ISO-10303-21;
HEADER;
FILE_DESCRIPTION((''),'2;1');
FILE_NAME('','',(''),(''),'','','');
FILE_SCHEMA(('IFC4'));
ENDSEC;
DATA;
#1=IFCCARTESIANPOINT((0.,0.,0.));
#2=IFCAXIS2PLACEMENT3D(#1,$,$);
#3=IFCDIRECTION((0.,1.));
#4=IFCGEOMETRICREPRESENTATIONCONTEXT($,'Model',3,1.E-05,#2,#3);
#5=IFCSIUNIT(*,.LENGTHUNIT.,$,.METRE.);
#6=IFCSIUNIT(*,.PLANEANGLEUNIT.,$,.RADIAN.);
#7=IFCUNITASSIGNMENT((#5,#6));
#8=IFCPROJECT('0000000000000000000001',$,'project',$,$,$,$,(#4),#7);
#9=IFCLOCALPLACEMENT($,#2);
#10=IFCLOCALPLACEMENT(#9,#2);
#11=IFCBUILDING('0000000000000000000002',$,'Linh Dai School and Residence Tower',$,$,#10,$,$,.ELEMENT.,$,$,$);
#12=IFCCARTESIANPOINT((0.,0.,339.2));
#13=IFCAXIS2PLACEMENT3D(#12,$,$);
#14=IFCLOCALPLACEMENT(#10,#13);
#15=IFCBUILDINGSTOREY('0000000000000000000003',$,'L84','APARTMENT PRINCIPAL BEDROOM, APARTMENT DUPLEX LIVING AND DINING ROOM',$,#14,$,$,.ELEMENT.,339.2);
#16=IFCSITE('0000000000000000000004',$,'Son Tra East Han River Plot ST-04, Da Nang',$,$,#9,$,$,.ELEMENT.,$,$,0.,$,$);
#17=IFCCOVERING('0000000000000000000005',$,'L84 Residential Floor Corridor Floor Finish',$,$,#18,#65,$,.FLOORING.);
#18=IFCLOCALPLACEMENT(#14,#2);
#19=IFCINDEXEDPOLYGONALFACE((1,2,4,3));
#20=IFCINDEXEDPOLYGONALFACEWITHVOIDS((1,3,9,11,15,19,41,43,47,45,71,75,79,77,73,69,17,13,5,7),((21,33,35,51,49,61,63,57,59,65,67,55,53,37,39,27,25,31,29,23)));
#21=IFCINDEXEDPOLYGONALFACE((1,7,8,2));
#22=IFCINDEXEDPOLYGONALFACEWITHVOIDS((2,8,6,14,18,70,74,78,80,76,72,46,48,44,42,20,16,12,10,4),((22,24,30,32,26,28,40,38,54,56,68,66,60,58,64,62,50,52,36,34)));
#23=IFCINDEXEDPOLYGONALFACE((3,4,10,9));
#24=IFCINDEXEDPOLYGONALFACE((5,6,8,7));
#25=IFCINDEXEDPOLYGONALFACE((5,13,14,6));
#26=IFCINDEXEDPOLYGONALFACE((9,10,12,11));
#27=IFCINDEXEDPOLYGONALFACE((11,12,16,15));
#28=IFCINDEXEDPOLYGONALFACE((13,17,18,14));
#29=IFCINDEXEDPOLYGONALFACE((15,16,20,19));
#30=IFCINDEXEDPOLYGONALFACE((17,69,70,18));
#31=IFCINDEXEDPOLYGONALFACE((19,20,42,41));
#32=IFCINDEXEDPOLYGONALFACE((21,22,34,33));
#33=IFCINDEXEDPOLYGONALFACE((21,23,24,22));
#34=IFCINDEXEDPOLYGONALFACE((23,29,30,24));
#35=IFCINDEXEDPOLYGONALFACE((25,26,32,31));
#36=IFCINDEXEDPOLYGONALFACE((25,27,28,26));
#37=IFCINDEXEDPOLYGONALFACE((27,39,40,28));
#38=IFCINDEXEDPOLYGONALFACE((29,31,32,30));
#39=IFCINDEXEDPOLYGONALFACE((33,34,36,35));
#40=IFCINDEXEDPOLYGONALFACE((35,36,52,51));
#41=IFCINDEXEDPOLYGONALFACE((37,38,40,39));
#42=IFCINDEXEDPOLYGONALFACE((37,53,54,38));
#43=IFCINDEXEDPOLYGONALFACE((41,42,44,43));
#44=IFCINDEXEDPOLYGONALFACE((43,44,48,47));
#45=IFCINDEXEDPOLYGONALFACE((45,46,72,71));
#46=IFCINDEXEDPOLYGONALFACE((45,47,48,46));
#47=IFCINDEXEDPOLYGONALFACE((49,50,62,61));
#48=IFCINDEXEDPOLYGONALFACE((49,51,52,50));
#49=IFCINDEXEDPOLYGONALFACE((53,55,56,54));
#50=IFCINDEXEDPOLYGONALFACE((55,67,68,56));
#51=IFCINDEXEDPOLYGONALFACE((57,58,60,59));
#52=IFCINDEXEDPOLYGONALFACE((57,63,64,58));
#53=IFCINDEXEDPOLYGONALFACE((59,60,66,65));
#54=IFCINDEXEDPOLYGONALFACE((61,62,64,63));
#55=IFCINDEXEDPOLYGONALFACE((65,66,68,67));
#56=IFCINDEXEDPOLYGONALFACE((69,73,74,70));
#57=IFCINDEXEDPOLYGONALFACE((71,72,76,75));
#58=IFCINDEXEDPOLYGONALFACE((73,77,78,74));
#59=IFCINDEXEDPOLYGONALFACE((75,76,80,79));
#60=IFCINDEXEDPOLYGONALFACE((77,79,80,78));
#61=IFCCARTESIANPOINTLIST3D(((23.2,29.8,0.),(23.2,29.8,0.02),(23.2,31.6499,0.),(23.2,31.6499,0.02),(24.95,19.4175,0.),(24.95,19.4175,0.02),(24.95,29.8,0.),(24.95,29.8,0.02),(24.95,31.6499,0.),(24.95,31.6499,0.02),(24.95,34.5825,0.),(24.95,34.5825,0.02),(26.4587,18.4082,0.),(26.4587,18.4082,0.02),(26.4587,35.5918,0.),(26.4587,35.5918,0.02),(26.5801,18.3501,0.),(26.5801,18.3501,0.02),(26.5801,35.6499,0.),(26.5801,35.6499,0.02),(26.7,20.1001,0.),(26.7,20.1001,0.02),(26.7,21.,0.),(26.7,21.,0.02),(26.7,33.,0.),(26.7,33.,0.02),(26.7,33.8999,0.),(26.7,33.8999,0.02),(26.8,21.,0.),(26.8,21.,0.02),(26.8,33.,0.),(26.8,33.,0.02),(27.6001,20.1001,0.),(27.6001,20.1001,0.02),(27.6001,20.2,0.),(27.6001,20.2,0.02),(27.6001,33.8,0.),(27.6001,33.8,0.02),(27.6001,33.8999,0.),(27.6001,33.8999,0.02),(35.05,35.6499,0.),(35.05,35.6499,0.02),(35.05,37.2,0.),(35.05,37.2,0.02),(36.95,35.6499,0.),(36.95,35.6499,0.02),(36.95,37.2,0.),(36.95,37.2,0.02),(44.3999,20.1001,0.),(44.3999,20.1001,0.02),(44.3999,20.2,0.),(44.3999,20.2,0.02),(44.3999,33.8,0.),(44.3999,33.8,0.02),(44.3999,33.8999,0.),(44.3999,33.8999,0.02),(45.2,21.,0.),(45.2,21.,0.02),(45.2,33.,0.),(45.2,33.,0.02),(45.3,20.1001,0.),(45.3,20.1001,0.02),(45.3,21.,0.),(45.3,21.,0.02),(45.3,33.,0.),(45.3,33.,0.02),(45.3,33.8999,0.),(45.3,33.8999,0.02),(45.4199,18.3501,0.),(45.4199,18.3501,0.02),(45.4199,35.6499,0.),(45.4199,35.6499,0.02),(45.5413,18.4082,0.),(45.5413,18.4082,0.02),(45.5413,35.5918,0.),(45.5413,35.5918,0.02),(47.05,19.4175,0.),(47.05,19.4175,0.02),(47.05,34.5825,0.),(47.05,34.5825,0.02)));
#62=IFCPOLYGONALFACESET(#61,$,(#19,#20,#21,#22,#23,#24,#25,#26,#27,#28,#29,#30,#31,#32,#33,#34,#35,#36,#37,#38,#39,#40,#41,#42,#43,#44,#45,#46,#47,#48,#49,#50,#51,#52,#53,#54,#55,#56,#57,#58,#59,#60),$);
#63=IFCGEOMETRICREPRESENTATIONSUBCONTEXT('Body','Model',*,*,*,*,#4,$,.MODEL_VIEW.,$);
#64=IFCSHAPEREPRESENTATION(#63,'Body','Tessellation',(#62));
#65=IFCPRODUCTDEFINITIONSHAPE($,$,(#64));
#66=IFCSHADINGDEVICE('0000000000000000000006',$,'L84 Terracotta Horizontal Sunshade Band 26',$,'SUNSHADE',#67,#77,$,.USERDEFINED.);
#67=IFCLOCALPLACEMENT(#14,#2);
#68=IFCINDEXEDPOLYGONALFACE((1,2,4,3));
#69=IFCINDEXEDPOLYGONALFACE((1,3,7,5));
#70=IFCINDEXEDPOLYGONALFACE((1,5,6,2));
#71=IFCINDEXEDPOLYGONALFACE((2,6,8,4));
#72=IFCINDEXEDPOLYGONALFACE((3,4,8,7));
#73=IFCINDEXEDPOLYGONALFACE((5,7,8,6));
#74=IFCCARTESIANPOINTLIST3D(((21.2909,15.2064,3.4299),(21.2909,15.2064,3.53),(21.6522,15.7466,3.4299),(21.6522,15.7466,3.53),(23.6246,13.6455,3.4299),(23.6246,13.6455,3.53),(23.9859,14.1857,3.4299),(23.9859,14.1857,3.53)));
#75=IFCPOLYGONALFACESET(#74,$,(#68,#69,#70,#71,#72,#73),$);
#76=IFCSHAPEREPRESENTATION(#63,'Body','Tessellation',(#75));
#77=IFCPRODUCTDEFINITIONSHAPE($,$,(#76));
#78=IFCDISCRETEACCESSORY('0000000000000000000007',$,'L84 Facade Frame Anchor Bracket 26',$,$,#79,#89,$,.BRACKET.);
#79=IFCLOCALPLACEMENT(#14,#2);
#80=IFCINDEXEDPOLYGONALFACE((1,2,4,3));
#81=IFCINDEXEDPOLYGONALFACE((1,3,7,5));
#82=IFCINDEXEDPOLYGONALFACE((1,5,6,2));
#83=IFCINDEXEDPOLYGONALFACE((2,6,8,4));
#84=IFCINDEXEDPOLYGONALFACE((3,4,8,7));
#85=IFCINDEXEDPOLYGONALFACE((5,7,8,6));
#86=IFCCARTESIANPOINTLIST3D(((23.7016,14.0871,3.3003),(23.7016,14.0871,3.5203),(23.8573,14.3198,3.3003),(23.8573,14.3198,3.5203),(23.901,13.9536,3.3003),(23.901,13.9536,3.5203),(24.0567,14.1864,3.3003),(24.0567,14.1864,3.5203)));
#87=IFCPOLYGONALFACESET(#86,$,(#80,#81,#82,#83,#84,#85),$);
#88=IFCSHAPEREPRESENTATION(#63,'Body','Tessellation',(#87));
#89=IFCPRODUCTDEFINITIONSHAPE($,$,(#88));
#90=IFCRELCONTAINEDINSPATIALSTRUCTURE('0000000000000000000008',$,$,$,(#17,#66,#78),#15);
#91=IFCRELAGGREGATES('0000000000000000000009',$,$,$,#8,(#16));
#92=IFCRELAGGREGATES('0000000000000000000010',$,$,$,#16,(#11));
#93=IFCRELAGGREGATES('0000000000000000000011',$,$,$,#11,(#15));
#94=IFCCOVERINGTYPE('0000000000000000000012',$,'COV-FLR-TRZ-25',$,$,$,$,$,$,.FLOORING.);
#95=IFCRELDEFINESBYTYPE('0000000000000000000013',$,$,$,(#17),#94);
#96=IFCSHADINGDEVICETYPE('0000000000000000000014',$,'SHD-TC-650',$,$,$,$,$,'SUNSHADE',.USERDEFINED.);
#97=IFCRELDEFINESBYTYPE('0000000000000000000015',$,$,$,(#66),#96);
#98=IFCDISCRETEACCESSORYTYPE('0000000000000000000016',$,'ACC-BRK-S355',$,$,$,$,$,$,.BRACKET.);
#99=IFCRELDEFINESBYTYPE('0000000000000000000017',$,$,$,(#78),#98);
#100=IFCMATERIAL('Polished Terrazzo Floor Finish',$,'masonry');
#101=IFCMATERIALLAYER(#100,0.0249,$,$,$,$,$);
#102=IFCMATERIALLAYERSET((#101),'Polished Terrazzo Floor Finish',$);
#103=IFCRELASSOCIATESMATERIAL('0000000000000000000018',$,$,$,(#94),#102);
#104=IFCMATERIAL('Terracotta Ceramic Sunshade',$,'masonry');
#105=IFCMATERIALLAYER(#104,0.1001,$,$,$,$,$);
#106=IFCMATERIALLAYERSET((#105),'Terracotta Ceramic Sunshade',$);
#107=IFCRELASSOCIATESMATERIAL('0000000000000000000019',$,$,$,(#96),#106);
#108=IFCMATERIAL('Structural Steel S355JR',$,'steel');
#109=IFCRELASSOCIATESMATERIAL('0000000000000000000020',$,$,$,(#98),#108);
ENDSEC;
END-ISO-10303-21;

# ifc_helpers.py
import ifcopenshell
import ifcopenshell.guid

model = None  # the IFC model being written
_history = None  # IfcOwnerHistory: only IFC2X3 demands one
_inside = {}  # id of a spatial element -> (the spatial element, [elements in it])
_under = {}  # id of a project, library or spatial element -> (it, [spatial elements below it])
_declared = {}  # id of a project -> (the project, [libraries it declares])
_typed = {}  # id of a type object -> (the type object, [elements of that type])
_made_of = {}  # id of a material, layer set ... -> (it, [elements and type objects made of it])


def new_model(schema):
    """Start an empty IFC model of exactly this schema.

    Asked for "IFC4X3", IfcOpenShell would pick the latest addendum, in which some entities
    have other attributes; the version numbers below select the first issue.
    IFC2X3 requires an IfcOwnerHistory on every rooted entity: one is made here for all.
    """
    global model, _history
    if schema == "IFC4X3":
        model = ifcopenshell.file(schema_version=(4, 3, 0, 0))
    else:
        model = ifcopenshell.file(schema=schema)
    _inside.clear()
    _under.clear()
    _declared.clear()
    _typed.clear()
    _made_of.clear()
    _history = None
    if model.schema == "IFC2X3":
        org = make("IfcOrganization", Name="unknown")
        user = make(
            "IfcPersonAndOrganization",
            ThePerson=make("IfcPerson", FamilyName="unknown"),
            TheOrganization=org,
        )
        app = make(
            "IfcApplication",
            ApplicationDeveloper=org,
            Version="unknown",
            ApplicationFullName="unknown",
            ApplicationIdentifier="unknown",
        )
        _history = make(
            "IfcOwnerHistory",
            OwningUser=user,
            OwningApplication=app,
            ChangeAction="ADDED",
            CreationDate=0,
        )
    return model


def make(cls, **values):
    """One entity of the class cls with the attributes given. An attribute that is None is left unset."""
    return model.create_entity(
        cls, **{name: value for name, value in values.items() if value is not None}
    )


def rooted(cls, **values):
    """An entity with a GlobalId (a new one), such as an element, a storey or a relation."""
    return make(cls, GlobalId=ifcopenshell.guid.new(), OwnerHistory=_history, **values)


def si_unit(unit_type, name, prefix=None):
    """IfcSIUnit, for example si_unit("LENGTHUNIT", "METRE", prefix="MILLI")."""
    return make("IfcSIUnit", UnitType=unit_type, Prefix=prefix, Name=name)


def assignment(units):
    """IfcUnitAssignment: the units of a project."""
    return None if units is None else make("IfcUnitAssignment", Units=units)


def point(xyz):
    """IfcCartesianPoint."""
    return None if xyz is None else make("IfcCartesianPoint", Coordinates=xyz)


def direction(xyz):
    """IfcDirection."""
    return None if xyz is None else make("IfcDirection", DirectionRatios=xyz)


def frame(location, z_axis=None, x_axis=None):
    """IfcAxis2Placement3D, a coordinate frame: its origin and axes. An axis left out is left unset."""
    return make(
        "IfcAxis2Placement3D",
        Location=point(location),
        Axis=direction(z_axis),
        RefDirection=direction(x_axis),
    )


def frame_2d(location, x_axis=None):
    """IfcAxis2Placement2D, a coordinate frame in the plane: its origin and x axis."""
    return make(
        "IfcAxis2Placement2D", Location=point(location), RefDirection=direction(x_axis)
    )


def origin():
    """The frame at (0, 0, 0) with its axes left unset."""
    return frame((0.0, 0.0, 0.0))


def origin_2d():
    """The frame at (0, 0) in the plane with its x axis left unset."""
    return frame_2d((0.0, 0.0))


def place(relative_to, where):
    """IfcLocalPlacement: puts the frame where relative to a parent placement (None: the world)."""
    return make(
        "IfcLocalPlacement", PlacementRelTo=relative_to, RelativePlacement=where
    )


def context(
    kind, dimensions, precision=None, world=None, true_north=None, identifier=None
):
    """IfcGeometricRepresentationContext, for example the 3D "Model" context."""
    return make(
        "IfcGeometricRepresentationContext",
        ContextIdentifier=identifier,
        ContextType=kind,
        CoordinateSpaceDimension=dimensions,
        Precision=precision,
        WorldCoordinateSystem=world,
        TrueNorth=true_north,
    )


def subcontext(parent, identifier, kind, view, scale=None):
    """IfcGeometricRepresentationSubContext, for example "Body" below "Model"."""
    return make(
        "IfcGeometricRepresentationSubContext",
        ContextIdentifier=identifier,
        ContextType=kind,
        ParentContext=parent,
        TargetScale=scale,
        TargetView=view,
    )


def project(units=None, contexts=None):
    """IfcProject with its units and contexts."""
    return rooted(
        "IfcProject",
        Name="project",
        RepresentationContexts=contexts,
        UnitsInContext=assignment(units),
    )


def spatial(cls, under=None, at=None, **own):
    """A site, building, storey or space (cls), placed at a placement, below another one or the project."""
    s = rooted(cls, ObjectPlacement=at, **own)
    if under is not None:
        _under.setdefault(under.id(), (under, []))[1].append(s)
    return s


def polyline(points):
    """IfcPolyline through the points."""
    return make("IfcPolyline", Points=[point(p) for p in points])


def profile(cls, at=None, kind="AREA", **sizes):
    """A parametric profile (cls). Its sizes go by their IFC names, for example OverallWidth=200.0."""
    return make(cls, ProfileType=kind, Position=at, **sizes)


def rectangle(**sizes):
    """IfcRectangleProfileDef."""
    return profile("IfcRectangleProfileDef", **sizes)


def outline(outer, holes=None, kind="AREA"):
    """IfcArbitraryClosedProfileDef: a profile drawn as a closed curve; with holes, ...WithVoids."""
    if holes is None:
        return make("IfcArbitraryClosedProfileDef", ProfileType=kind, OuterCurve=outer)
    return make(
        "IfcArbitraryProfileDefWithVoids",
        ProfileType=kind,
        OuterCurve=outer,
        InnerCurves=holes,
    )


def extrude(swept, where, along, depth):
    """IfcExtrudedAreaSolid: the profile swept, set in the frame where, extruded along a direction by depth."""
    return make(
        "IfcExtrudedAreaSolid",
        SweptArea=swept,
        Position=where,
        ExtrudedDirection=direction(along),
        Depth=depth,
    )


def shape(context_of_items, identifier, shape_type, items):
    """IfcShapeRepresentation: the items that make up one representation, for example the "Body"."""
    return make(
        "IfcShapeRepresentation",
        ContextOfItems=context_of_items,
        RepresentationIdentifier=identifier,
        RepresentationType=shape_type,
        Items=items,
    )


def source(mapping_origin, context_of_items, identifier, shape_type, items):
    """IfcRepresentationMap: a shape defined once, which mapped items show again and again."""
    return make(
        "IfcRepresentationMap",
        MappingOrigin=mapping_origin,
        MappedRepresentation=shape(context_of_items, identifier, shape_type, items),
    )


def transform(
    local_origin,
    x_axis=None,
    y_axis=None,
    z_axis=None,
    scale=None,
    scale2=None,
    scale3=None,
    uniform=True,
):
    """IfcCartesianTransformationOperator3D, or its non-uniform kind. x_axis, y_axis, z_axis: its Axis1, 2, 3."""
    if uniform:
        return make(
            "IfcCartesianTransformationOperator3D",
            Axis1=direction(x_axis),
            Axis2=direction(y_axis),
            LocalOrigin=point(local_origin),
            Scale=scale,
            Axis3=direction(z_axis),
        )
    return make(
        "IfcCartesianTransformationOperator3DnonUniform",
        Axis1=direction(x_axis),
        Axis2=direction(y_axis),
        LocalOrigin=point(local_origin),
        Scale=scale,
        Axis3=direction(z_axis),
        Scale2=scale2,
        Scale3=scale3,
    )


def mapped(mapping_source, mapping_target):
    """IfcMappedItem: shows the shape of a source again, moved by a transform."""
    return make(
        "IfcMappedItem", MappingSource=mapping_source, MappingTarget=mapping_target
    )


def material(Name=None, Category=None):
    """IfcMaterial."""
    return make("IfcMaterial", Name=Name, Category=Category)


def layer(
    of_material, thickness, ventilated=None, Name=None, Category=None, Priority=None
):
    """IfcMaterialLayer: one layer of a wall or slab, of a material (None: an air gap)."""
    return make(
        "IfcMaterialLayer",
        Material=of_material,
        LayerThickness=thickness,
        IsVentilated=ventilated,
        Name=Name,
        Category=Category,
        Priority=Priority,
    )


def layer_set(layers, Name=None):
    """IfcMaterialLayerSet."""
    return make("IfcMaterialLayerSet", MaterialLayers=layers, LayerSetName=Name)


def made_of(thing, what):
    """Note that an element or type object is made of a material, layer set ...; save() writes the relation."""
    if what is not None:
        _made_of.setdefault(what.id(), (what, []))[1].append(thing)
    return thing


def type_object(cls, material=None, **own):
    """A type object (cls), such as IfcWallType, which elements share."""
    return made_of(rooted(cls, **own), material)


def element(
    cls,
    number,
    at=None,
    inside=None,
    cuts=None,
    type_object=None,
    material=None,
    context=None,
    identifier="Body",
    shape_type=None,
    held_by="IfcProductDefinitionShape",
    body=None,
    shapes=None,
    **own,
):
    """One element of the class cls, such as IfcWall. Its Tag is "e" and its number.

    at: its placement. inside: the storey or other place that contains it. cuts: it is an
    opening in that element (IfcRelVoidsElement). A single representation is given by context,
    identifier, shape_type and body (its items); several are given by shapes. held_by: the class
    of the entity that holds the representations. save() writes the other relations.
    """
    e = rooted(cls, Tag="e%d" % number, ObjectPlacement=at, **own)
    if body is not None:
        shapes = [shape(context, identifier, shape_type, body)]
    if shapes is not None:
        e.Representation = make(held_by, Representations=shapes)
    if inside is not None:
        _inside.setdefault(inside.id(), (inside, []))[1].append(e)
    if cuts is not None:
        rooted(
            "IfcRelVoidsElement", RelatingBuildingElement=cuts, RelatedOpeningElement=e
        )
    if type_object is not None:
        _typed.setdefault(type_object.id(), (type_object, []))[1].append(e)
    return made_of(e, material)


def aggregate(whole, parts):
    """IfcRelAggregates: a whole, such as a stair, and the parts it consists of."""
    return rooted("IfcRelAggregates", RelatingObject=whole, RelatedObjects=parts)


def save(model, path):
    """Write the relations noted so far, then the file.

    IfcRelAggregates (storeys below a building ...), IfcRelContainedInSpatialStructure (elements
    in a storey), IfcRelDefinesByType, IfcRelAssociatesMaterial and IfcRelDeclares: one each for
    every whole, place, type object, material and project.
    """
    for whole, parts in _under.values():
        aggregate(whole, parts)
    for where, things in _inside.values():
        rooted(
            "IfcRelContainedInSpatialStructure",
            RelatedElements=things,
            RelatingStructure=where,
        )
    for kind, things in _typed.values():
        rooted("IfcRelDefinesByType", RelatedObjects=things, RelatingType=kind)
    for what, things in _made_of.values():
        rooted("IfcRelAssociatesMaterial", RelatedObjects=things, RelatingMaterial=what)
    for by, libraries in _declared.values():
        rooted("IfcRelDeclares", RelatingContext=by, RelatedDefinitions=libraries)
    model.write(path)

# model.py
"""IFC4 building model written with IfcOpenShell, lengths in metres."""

from ifc_helpers import new_model, si_unit, direction, frame, origin, origin_2d, place, context, subcontext, project, spatial, polyline, rectangle, outline, extrude, source, transform, mapped, material, layer, layer_set, type_object, element, save


model = new_model("IFC4")

# Units and contexts
model_context = context("Model", 3, precision=1e-05, world=origin(), true_north=direction((0.0, 1.0)))
body_context = subcontext(model_context, "Body", "Model", "MODEL_VIEW")
ifc_project = project(units=[si_unit("LENGTHUNIT", "METRE"), si_unit("PLANEANGLEUNIT", "RADIAN")], contexts=[model_context])

# Site, building, storey
site_placement = place(None, origin())
site = spatial("IfcSite", under=ifc_project, at=site_placement, Name="Son Tra East Han River Plot ST-04, Da Nang", CompositionType="ELEMENT", RefElevation=0.0)
building_placement = place(site_placement, origin())
building = spatial("IfcBuilding", under=site, at=building_placement, Name="Linh Dai School and Residence Tower", CompositionType="ELEMENT")
storey_placement = place(building_placement, frame((0.0, 0.0, 339.2)))
storey = spatial("IfcBuildingStorey", under=building, at=storey_placement, Name="L84", Description="APARTMENT PRINCIPAL BEDROOM, APARTMENT DUPLEX LIVING AND DINING ROOM", CompositionType="ELEMENT", Elevation=339.2)

# Shared definitions
ifc_material_1 = material(Name="Structural Steel S355JR", Category="steel")

# Covering
ifc_material_2 = material(Name="Polished Terrazzo Floor Finish", Category="masonry")
ifc_layer_1 = layer(ifc_material_2, 0.0249)
ifc_layer_set_1 = layer_set([ifc_layer_1], Name="Polished Terrazzo Floor Finish")
covering_type = type_object("IfcCoveringType", Name="COV-FLR-TRZ-25", PredefinedType="FLOORING", material=ifc_layer_set_1)
covering_placement = place(storey_placement, origin())
element("IfcCovering", 1, at=covering_placement, inside=storey, type_object=covering_type, Name="L84 Residential Floor Corridor Floor Finish", PredefinedType="FLOORING", context=body_context, shape_type="SweptSolid", body=[
    extrude(outline(polyline([(23.2, 31.6499), (24.95, 31.6499), (24.95, 34.5825), (26.4587, 35.5918), (26.5801, 35.6499), (35.05, 35.6499), (35.05, 37.2), (36.95, 37.2), (36.95, 35.6499), (45.4199, 35.6499), (45.5413, 35.5918), (47.05, 34.5825), (47.05, 19.4175), (45.5413, 18.4082), (45.4199, 18.3501), (26.5801, 18.3501), (26.4587, 18.4082), (24.95, 19.4175), (24.95, 29.8), (23.2, 29.8), (23.2, 31.6499)]), holes=[polyline([(27.6001, 33.8), (27.6001, 33.8999), (26.7, 33.8999), (26.7, 33.0), (26.8, 33.0), (26.8, 21.0), (26.7, 21.0), (26.7, 20.1001), (27.6001, 20.1001), (27.6001, 20.2), (44.3999, 20.2), (44.3999, 20.1001), (45.3, 20.1001), (45.3, 21.0), (45.2, 21.0), (45.2, 33.0), (45.3, 33.0), (45.3, 33.8999), (44.3999, 33.8999), (44.3999, 33.8), (27.6001, 33.8)])]), origin(), (0.0, 0.0, 1.0), 0.02),
])

# Shading device
ifc_material_3 = material(Name="Terracotta Ceramic Sunshade", Category="masonry")
ifc_layer_2 = layer(ifc_material_3, 0.1001)
ifc_layer_set_2 = layer_set([ifc_layer_2], Name="Terracotta Ceramic Sunshade")
shading_device_type = type_object("IfcShadingDeviceType", Name="SHD-TC-650", ElementType="SUNSHADE", PredefinedType="USERDEFINED", material=ifc_layer_set_2)
shared_shape_1 = source(origin(), body_context, "Body", "SweptSolid", [
    extrude(rectangle(XDim=2.8076, YDim=0.6499, at=origin_2d()), origin(), (0.0, 0.0, 1.0), 0.1001),
])
shading_device_placement = place(storey_placement, frame((22.6384, 14.696, 3.4299), z_axis=(0.0, 0.0, 1.0), x_axis=(-0.831202, 0.555971, 0.0)))
element("IfcShadingDevice", 2, at=shading_device_placement, inside=storey, type_object=shading_device_type, Name="L84 Terracotta Horizontal Sunshade Band 26", ObjectType="SUNSHADE", PredefinedType="USERDEFINED", context=body_context, shape_type="MappedRepresentation", body=[
    mapped(shared_shape_1, transform((0.0, 0.0, 0.0), x_axis=(1.0, 0.0, 0.0), y_axis=(0.0, 1.0, 0.0), z_axis=(0.0, 0.0, 1.0), scale=1.0)),
])

# Discrete accessory
discrete_accessory_type = type_object("IfcDiscreteAccessoryType", Name="ACC-BRK-S355", PredefinedType="BRACKET", material=ifc_material_1)
shared_shape_2 = source(origin(), body_context, "Body", "SweptSolid", [
    extrude(rectangle(XDim=0.28, YDim=0.24, at=origin_2d()), origin(), (0.0, 0.0, 1.0), 0.22),
])
discrete_accessory_placement = place(storey_placement, frame((23.8792, 14.1367, 3.3003), z_axis=(0.0, 0.0, 1.0), x_axis=(-0.555971, -0.831202, 0.0)))
element("IfcDiscreteAccessory", 3, at=discrete_accessory_placement, inside=storey, type_object=discrete_accessory_type, Name="L84 Facade Frame Anchor Bracket 26", PredefinedType="BRACKET", context=body_context, shape_type="MappedRepresentation", body=[
    mapped(shared_shape_2, transform((0.0, 0.0, 0.0), x_axis=(1.0, 0.0, 0.0), y_axis=(0.0, 1.0, 0.0), z_axis=(0.0, 0.0, 1.0), scale=1.0)),
])

save(model, "model.ifc")
